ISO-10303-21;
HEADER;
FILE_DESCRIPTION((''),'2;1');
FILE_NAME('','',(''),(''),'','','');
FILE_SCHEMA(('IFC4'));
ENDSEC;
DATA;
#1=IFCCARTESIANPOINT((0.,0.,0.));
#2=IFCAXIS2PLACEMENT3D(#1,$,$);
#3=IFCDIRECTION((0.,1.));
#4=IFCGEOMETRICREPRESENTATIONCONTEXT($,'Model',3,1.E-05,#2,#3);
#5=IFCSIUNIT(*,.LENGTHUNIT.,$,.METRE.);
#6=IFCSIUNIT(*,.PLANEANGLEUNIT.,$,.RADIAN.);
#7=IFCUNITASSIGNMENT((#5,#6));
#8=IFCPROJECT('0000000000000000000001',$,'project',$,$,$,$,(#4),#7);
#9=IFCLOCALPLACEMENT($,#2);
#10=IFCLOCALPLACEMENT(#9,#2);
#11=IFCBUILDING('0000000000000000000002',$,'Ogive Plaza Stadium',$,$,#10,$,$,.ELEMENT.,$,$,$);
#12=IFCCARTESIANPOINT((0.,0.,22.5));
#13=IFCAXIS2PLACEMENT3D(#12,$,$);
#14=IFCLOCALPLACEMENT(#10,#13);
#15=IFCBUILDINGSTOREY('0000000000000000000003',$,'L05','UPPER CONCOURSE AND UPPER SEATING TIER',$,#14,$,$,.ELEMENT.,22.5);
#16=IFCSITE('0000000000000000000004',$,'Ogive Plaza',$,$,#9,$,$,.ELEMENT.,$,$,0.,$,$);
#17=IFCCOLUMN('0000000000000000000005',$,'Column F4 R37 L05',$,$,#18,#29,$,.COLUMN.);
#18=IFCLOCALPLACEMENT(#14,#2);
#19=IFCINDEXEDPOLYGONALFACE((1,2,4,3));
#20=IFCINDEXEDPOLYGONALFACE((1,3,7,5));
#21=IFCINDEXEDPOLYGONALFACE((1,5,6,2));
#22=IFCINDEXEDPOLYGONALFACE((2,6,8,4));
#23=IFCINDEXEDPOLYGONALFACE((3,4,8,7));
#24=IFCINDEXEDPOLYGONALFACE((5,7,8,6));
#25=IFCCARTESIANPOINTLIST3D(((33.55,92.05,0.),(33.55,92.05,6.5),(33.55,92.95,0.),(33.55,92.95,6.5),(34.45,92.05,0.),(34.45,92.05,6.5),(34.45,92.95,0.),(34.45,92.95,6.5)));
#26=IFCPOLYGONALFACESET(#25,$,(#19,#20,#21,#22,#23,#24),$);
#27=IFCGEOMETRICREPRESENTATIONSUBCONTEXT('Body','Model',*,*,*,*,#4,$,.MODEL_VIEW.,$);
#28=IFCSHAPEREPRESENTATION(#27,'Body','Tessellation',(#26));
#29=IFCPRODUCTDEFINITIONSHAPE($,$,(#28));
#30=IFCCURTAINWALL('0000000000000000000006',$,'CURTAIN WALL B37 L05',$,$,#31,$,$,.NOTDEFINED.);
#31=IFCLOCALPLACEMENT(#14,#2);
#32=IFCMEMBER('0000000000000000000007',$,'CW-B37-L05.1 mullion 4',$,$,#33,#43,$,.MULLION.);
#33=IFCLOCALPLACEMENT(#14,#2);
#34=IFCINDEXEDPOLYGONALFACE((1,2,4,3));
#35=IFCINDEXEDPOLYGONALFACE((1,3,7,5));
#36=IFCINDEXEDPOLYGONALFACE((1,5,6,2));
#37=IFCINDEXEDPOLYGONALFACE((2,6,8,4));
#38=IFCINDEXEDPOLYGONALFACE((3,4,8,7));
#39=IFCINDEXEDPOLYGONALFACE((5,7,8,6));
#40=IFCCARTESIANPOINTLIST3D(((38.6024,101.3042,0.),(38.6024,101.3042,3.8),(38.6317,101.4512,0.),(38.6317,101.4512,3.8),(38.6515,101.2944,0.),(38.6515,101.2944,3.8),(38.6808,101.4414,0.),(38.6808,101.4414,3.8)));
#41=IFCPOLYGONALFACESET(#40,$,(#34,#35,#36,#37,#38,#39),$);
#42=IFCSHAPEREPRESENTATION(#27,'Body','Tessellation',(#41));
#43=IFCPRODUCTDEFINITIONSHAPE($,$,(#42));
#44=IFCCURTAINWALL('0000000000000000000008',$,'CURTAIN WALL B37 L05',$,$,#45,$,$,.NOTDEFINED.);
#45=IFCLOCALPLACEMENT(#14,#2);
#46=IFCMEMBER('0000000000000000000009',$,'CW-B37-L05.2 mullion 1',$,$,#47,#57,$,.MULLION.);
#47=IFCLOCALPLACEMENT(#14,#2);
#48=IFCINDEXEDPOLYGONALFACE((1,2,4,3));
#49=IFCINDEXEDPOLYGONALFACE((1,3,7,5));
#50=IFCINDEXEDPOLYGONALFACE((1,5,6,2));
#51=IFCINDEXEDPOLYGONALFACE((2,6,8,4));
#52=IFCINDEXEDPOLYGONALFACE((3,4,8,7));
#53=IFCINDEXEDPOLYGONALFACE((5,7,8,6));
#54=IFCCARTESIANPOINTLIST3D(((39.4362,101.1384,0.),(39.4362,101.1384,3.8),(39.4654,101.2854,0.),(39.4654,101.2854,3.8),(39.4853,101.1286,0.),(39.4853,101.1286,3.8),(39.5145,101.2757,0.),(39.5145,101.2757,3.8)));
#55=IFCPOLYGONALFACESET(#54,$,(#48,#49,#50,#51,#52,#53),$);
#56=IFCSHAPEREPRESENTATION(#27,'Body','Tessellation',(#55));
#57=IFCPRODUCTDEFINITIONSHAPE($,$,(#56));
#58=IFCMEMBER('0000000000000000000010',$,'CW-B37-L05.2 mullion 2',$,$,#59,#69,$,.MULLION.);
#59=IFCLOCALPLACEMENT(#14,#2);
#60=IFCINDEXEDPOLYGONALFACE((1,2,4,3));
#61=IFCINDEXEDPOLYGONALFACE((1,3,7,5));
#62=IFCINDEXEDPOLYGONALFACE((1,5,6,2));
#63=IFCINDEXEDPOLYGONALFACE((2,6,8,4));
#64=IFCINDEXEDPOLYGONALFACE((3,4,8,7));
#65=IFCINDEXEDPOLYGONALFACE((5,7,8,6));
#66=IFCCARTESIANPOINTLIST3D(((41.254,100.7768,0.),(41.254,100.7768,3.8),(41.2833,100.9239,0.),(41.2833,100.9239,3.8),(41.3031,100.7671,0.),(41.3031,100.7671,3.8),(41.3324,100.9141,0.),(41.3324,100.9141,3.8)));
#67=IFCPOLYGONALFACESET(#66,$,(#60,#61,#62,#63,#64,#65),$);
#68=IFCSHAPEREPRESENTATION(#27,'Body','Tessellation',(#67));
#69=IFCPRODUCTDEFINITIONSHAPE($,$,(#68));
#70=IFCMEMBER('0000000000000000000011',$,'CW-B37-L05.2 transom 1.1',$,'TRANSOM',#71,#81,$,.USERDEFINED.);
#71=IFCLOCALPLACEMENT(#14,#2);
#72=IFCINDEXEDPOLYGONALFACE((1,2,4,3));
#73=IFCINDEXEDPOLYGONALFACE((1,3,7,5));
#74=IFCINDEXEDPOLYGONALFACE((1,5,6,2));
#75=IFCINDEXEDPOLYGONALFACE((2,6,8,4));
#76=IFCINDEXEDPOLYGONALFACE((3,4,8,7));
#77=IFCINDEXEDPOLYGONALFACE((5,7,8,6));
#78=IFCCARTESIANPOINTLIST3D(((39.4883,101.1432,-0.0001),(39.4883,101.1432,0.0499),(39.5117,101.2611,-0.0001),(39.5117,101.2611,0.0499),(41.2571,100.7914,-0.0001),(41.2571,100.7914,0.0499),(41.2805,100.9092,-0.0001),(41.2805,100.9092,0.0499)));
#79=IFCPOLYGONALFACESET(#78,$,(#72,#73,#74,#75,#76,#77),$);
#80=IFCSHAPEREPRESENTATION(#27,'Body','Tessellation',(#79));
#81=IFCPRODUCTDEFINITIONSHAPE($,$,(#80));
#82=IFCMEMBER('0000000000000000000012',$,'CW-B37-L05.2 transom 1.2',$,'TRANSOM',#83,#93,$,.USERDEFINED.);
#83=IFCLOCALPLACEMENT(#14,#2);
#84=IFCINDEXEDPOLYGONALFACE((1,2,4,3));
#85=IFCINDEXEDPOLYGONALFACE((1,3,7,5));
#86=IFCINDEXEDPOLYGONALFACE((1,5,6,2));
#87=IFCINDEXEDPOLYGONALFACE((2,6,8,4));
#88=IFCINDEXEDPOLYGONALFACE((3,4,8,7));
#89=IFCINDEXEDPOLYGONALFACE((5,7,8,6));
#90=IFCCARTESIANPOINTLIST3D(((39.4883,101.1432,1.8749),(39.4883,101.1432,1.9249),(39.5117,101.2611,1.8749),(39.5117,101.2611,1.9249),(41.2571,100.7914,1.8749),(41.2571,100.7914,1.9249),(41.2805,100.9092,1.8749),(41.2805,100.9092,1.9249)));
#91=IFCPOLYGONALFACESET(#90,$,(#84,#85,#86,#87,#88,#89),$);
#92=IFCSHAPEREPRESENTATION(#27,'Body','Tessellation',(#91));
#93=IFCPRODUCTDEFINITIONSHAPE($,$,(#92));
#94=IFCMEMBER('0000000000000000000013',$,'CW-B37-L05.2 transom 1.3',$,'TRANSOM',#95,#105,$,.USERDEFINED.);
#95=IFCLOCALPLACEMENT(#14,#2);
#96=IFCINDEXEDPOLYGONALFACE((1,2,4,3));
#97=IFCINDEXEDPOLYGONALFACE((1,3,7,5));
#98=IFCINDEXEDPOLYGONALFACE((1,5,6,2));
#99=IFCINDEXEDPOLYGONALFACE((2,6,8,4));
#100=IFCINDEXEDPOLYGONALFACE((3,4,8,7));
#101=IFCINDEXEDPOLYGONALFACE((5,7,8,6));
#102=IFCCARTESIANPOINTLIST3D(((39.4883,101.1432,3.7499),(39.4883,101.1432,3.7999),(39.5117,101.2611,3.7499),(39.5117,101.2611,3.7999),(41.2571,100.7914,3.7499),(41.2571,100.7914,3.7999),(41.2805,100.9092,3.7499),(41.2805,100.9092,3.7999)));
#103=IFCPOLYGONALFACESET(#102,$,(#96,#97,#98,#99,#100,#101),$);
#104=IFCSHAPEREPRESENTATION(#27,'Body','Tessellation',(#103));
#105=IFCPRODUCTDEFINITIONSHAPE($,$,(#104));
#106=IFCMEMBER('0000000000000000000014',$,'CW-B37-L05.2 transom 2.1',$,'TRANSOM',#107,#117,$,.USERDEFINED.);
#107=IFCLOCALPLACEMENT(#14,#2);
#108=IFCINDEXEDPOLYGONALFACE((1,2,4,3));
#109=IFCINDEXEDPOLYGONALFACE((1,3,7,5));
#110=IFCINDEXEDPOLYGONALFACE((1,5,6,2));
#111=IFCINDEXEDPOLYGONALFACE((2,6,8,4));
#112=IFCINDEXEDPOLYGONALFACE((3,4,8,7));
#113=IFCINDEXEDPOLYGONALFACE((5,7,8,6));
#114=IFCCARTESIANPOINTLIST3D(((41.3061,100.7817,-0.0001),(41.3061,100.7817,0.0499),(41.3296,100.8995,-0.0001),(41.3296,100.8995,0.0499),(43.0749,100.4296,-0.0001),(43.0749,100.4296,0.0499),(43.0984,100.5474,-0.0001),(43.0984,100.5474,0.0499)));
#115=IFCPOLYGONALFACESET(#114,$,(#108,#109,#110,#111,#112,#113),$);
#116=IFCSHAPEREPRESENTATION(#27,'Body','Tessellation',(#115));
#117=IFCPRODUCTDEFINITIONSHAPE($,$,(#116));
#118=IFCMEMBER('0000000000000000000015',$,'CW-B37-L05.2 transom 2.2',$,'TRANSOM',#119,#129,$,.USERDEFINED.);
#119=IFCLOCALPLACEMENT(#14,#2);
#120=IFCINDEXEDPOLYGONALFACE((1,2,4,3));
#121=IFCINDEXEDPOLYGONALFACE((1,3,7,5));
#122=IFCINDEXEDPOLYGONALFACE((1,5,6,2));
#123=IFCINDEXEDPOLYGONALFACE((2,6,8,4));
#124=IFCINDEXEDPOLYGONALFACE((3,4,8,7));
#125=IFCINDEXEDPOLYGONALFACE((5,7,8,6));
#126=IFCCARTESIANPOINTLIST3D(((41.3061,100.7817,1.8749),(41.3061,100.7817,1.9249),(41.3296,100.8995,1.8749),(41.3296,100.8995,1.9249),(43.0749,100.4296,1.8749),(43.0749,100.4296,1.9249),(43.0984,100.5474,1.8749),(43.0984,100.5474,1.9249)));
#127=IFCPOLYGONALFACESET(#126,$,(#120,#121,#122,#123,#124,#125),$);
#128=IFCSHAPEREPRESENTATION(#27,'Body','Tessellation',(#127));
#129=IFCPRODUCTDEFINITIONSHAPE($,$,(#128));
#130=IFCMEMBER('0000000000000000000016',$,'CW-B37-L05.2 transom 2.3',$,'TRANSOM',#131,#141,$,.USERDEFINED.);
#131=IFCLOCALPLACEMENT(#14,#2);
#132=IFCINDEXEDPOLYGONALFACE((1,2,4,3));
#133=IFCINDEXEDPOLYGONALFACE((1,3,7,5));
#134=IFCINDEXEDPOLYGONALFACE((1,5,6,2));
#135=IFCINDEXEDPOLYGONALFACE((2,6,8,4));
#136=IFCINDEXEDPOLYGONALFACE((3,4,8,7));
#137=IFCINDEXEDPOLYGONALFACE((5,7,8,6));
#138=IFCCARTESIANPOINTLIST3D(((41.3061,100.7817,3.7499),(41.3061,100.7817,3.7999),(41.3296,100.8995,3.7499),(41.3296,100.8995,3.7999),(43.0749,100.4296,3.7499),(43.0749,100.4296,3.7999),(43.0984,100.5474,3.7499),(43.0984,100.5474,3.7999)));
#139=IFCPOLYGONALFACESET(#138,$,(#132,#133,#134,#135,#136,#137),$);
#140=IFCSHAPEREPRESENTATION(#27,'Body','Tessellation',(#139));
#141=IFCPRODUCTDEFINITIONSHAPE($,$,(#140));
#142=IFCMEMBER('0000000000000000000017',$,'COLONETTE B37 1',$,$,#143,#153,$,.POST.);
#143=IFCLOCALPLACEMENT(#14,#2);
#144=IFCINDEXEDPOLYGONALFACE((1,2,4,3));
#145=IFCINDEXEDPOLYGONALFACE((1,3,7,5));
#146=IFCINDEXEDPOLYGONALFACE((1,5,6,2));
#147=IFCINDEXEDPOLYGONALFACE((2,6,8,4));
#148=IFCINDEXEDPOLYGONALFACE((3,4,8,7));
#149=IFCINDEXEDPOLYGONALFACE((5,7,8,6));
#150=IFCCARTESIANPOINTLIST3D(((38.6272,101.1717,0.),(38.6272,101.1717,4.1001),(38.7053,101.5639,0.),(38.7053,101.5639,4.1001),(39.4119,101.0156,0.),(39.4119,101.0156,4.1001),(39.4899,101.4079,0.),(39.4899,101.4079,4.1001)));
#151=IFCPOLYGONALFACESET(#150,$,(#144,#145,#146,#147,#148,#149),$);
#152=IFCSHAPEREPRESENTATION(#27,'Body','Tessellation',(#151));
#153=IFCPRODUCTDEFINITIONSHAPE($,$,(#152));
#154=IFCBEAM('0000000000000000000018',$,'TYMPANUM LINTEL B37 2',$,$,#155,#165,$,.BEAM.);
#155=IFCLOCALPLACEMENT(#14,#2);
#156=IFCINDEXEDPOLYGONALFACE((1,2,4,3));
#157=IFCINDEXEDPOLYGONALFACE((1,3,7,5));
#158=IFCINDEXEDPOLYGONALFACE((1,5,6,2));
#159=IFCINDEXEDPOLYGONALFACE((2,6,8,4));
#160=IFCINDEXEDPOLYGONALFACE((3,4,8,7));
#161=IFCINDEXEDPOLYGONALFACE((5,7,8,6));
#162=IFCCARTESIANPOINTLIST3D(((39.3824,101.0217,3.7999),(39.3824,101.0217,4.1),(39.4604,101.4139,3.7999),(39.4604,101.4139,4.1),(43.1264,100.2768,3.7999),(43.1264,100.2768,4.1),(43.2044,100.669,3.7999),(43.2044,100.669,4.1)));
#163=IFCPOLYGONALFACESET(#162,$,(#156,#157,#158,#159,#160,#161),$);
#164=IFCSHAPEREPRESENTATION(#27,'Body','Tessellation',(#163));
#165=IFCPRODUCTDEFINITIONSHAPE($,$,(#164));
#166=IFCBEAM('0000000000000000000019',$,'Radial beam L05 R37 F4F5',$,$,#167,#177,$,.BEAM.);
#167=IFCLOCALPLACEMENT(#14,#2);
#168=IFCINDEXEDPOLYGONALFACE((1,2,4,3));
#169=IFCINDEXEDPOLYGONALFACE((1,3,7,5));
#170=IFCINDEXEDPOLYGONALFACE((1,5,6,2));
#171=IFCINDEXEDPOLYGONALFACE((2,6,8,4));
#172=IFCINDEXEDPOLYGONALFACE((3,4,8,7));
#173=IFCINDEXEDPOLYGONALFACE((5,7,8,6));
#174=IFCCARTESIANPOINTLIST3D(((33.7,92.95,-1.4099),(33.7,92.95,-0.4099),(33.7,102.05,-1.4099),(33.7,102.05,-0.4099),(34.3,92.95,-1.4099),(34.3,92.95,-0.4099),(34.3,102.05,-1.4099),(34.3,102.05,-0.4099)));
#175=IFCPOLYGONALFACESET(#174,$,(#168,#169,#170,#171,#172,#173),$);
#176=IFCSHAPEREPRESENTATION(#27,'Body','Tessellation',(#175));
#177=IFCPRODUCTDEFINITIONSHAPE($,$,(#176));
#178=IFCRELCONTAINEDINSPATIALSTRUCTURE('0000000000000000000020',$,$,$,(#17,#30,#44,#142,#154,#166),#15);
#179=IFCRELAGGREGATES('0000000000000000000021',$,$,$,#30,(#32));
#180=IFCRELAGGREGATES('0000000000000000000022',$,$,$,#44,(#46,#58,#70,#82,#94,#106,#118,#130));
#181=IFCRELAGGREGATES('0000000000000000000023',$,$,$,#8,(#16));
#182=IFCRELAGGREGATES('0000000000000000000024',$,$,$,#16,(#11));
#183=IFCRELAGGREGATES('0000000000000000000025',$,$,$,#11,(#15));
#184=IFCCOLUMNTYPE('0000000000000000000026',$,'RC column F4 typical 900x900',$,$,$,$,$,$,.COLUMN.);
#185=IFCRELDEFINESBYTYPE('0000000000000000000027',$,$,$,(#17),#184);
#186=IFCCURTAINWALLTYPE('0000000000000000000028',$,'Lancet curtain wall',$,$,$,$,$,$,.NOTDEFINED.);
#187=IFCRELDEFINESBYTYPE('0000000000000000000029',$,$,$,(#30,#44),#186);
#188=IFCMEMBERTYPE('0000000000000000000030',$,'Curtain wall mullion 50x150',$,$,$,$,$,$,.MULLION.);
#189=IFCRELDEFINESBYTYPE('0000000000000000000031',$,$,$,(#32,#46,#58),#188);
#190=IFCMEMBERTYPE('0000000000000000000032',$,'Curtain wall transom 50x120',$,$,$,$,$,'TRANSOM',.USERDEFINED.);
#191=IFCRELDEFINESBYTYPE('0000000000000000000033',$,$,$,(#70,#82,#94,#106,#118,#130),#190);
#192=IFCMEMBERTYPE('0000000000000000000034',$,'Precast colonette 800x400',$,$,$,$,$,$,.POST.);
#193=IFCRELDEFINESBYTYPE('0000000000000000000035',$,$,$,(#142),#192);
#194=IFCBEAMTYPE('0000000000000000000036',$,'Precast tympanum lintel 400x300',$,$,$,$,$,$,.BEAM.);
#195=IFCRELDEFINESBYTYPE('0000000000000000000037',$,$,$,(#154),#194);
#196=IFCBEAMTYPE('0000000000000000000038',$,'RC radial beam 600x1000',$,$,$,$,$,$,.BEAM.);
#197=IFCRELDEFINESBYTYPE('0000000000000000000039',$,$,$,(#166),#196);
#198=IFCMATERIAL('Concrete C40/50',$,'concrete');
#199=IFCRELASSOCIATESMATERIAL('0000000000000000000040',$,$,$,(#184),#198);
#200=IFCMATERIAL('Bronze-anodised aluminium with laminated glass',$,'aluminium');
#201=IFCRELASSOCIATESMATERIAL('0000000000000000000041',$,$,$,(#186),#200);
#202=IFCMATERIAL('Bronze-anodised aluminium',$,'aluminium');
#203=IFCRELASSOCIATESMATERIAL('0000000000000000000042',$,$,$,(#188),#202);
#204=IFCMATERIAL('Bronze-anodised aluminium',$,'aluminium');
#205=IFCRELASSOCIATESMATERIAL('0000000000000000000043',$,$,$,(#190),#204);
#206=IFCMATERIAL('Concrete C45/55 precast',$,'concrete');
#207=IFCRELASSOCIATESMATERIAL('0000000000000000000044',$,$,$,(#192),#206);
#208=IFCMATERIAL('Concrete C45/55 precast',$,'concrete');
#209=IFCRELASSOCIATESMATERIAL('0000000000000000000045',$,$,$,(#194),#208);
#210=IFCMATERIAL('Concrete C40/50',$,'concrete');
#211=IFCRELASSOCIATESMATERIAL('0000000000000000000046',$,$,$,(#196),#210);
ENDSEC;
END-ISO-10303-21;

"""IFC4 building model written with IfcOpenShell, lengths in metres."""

from ifc_helpers import new_model, si_unit, direction, frame, origin, origin_2d, place, context, subcontext, project, spatial, rectangle, extrude, material, material_profile, profile_set, type_object, element, aggregate, save


model = new_model("IFC4")

# Units and contexts
model_context = context("Model", 3, precision=1e-05, world=origin(), true_north=direction((0.0, 1.0)))
body_context = subcontext(model_context, "Body", "Model", "MODEL_VIEW")
ifc_project = project(units=[si_unit("LENGTHUNIT", "METRE"), si_unit("PLANEANGLEUNIT", "RADIAN")], contexts=[model_context])

# Site, building, storey
site_placement = place(None, origin())
site = spatial("IfcSite", under=ifc_project, at=site_placement, Name="Ogive Plaza", CompositionType="ELEMENT", RefElevation=0.0)
building_placement = place(site_placement, origin())
building = spatial("IfcBuilding", under=site, at=building_placement, Name="Ogive Plaza Stadium", CompositionType="ELEMENT")
storey_placement = place(building_placement, frame((0.0, 0.0, 22.5)))
storey = spatial("IfcBuildingStorey", under=building, at=storey_placement, Name="L05", Description="UPPER CONCOURSE AND UPPER SEATING TIER", CompositionType="ELEMENT", Elevation=22.5)

# Column
ifc_material_1 = material(Name="Concrete C40/50", Category="concrete")
ifc_material_profile_1 = material_profile(ifc_material_1, rectangle(XDim=0.8999, YDim=0.8999, at=origin_2d()), Name="RC 900x900")
ifc_profile_set_1 = profile_set([ifc_material_profile_1], Name="Concrete C40/50")
column_type = type_object("IfcColumnType", Name="RC column F4 typical 900x900", PredefinedType="COLUMN", material=ifc_profile_set_1)
column_placement = place(storey_placement, frame((34.0, 92.5, 0.0), z_axis=(0.0, 0.0, 1.0), x_axis=(-1.0, 0.0, 0.0)))
element("IfcColumn", 1, at=column_placement, inside=storey, type_object=column_type, Name="Column F4 R37 L05", PredefinedType="COLUMN", context=body_context, shape_type="SweptSolid", body=[
    extrude(rectangle(XDim=0.8999, YDim=0.8999, at=origin_2d()), origin(), (0.0, 0.0, 1.0), 6.5),
])

# Curtain wall, member
ifc_material_2 = material(Name="Bronze-anodised aluminium with laminated glass", Category="aluminium")
curtain_wall_type = type_object("IfcCurtainWallType", Name="Lancet curtain wall", PredefinedType="NOTDEFINED", material=ifc_material_2)
curtain_wall_1_placement = place(storey_placement, origin())
curtain_wall_1 = element("IfcCurtainWall", 2, at=curtain_wall_1_placement, inside=storey, type_object=curtain_wall_type, Name="CURTAIN WALL B37 L05", PredefinedType="NOTDEFINED")
ifc_material_3 = material(Name="Bronze-anodised aluminium", Category="aluminium")
ifc_material_profile_2 = material_profile(ifc_material_3, rectangle(XDim=0.1499, YDim=0.05, at=origin_2d()), Name="AL 150x50")
ifc_profile_set_2 = profile_set([ifc_material_profile_2], Name="Bronze-anodised aluminium")
member_type_1 = type_object("IfcMemberType", Name="Curtain wall mullion 50x150", PredefinedType="MULLION", material=ifc_profile_set_2)
member_1_placement = place(storey_placement, frame((38.6416, 101.3728, 0.0), z_axis=(0.0, 0.0, 1.0), x_axis=(0.19509, 0.980785, 0.0)))
member_1 = element("IfcMember", 3, at=member_1_placement, type_object=member_type_1, Name="CW-B37-L05.1 mullion 4", PredefinedType="MULLION", context=body_context, shape_type="SweptSolid", body=[
    extrude(rectangle(XDim=0.1499, YDim=0.05, at=origin_2d()), origin(), (0.0, 0.0, 1.0), 3.8),
])
aggregate(curtain_wall_1, [member_1])

# Curtain wall, members
curtain_wall_2_placement = place(storey_placement, origin())
curtain_wall_2 = element("IfcCurtainWall", 4, at=curtain_wall_2_placement, inside=storey, type_object=curtain_wall_type, Name="CURTAIN WALL B37 L05", PredefinedType="NOTDEFINED")
member_2_placement = place(storey_placement, frame((39.4753, 101.207, 0.0), z_axis=(0.0, 0.0, 1.0), x_axis=(0.19509, 0.980785, 0.0)))
member_2 = element("IfcMember", 5, at=member_2_placement, type_object=member_type_1, Name="CW-B37-L05.2 mullion 1", PredefinedType="MULLION", context=body_context, shape_type="SweptSolid", body=[
    extrude(rectangle(XDim=0.1499, YDim=0.05, at=origin_2d()), origin(), (0.0, 0.0, 1.0), 3.8),
])
member_3_placement = place(storey_placement, frame((41.2932, 100.8455, 0.0), z_axis=(0.0, 0.0, 1.0), x_axis=(0.19509, 0.980785, 0.0)))
member_3 = element("IfcMember", 6, at=member_3_placement, type_object=member_type_1, Name="CW-B37-L05.2 mullion 2", PredefinedType="MULLION", context=body_context, shape_type="SweptSolid", body=[
    extrude(rectangle(XDim=0.1499, YDim=0.05, at=origin_2d()), origin(), (0.0, 0.0, 1.0), 3.8),
])
ifc_material_4 = material(Name="Bronze-anodised aluminium", Category="aluminium")
ifc_material_profile_3 = material_profile(ifc_material_4, rectangle(XDim=0.1201, YDim=0.05, at=origin_2d()), Name="AL 120x50")
ifc_profile_set_3 = profile_set([ifc_material_profile_3], Name="Bronze-anodised aluminium")
member_type_2 = type_object("IfcMemberType", Name="Curtain wall transom 50x120", ElementType="TRANSOM", PredefinedType="USERDEFINED", material=ifc_profile_set_3)
member_4_placement = place(storey_placement, frame((39.5, 101.2021, 0.0249), z_axis=(0.980788, -0.195075, 0.0), x_axis=(0.195075, 0.980788, 0.0)))
member_4 = element("IfcMember", 7, at=member_4_placement, type_object=member_type_2, Name="CW-B37-L05.2 transom 1.1", ObjectType="TRANSOM", PredefinedType="USERDEFINED", context=body_context, shape_type="SweptSolid", body=[
    extrude(rectangle(XDim=0.1201, YDim=0.05, at=origin_2d()), origin(), (0.0, 0.0, 1.0), 1.8035),
])
member_5_placement = place(storey_placement, frame((39.5, 101.2021, 1.8999), z_axis=(0.980788, -0.195075, 0.0), x_axis=(0.195075, 0.980788, 0.0)))
member_5 = element("IfcMember", 8, at=member_5_placement, type_object=member_type_2, Name="CW-B37-L05.2 transom 1.2", ObjectType="TRANSOM", PredefinedType="USERDEFINED", context=body_context, shape_type="SweptSolid", body=[
    extrude(rectangle(XDim=0.1201, YDim=0.05, at=origin_2d()), origin(), (0.0, 0.0, 1.0), 1.8035),
])
member_6_placement = place(storey_placement, frame((39.5, 101.2021, 3.7749), z_axis=(0.980788, -0.195075, 0.0), x_axis=(0.195075, 0.980788, 0.0)))
member_6 = element("IfcMember", 9, at=member_6_placement, type_object=member_type_2, Name="CW-B37-L05.2 transom 1.3", ObjectType="TRANSOM", PredefinedType="USERDEFINED", context=body_context, shape_type="SweptSolid", body=[
    extrude(rectangle(XDim=0.1201, YDim=0.05, at=origin_2d()), origin(), (0.0, 0.0, 1.0), 1.8035),
])
member_7_placement = place(storey_placement, frame((41.3179, 100.8406, 0.0249), z_axis=(0.980762, -0.195205, 0.0), x_axis=(0.195205, 0.980762, 0.0)))
member_7 = element("IfcMember", 10, at=member_7_placement, type_object=member_type_2, Name="CW-B37-L05.2 transom 2.1", ObjectType="TRANSOM", PredefinedType="USERDEFINED", context=body_context, shape_type="SweptSolid", body=[
    extrude(rectangle(XDim=0.1201, YDim=0.05, at=origin_2d()), origin(), (0.0, 0.0, 1.0), 1.8035),
])
member_8_placement = place(storey_placement, frame((41.3179, 100.8406, 1.8999), z_axis=(0.980762, -0.195205, 0.0), x_axis=(0.195205, 0.980762, 0.0)))
member_8 = element("IfcMember", 11, at=member_8_placement, type_object=member_type_2, Name="CW-B37-L05.2 transom 2.2", ObjectType="TRANSOM", PredefinedType="USERDEFINED", context=body_context, shape_type="SweptSolid", body=[
    extrude(rectangle(XDim=0.1201, YDim=0.05, at=origin_2d()), origin(), (0.0, 0.0, 1.0), 1.8035),
])
member_9_placement = place(storey_placement, frame((41.3179, 100.8406, 3.7749), z_axis=(0.980762, -0.195205, 0.0), x_axis=(0.195205, 0.980762, 0.0)))
member_9 = element("IfcMember", 12, at=member_9_placement, type_object=member_type_2, Name="CW-B37-L05.2 transom 2.3", ObjectType="TRANSOM", PredefinedType="USERDEFINED", context=body_context, shape_type="SweptSolid", body=[
    extrude(rectangle(XDim=0.1201, YDim=0.05, at=origin_2d()), origin(), (0.0, 0.0, 1.0), 1.8035),
])

# Member
ifc_material_5 = material(Name="Concrete C45/55 precast", Category="concrete")
ifc_material_profile_4 = material_profile(ifc_material_5, rectangle(XDim=0.3999, YDim=0.8, at=origin_2d()), Name="RC 400x800")
ifc_profile_set_4 = profile_set([ifc_material_profile_4], Name="Concrete C45/55 precast")
member_type_3 = type_object("IfcMemberType", Name="Precast colonette 800x400", PredefinedType="POST", material=ifc_profile_set_4)
member_10_placement = place(storey_placement, frame((39.0586, 101.2898, 0.0), z_axis=(0.0, 0.0, 1.0), x_axis=(0.19509, 0.980785, 0.0)))
element("IfcMember", 13, at=member_10_placement, inside=storey, type_object=member_type_3, Name="COLONETTE B37 1", PredefinedType="POST", context=body_context, shape_type="SweptSolid", body=[
    extrude(rectangle(XDim=0.3999, YDim=0.8, at=origin_2d()), origin(), (0.0, 0.0, 1.0), 4.1001),
])

# Beams
ifc_material_6 = material(Name="Concrete C45/55 precast", Category="concrete")
ifc_material_profile_5 = material_profile(ifc_material_6, rectangle(XDim=0.3999, YDim=0.3, at=origin_2d()), Name="RC 400x300")
ifc_profile_set_5 = profile_set([ifc_material_profile_5], Name="Concrete C45/55 precast")
beam_type_1 = type_object("IfcBeamType", Name="Precast tympanum lintel 400x300", PredefinedType="BEAM", material=ifc_profile_set_5)
beam_1_placement = place(storey_placement, frame((39.4214, 101.2178, 3.95), z_axis=(0.980777, -0.195132, 0.0), x_axis=(0.195132, 0.980777, 0.0)))
element("IfcBeam", 14, at=beam_1_placement, inside=storey, type_object=beam_type_1, Name="TYMPANUM LINTEL B37 2", PredefinedType="BEAM", context=body_context, shape_type="SweptSolid", body=[
    extrude(rectangle(XDim=0.3999, YDim=0.3, at=origin_2d()), origin(), (0.0, 0.0, 1.0), 3.8174),
])
ifc_material_7 = material(Name="Concrete C40/50", Category="concrete")
ifc_material_profile_6 = material_profile(ifc_material_7, rectangle(XDim=0.6001, YDim=1.0, at=origin_2d()), Name="RC 600x1000")
ifc_profile_set_6 = profile_set([ifc_material_profile_6], Name="Concrete C40/50")
beam_type_2 = type_object("IfcBeamType", Name="RC radial beam 600x1000", PredefinedType="BEAM", material=ifc_profile_set_6)
beam_2_placement = place(storey_placement, frame((34.0, 92.95, -0.9099), z_axis=(0.0, 1.0, 0.0), x_axis=(-1.0, 0.0, 0.0)))
element("IfcBeam", 15, at=beam_2_placement, inside=storey, type_object=beam_type_2, Name="Radial beam L05 R37 F4F5", PredefinedType="BEAM", context=body_context, shape_type="SweptSolid", body=[
    extrude(rectangle(XDim=0.6001, YDim=1.0, at=origin_2d()), origin(), (0.0, 0.0, 1.0), 9.1001),
])

aggregate(curtain_wall_2, [member_2, member_3, member_4, member_5, member_6, member_7, member_8, member_9])

save(model, "model.ifc")
